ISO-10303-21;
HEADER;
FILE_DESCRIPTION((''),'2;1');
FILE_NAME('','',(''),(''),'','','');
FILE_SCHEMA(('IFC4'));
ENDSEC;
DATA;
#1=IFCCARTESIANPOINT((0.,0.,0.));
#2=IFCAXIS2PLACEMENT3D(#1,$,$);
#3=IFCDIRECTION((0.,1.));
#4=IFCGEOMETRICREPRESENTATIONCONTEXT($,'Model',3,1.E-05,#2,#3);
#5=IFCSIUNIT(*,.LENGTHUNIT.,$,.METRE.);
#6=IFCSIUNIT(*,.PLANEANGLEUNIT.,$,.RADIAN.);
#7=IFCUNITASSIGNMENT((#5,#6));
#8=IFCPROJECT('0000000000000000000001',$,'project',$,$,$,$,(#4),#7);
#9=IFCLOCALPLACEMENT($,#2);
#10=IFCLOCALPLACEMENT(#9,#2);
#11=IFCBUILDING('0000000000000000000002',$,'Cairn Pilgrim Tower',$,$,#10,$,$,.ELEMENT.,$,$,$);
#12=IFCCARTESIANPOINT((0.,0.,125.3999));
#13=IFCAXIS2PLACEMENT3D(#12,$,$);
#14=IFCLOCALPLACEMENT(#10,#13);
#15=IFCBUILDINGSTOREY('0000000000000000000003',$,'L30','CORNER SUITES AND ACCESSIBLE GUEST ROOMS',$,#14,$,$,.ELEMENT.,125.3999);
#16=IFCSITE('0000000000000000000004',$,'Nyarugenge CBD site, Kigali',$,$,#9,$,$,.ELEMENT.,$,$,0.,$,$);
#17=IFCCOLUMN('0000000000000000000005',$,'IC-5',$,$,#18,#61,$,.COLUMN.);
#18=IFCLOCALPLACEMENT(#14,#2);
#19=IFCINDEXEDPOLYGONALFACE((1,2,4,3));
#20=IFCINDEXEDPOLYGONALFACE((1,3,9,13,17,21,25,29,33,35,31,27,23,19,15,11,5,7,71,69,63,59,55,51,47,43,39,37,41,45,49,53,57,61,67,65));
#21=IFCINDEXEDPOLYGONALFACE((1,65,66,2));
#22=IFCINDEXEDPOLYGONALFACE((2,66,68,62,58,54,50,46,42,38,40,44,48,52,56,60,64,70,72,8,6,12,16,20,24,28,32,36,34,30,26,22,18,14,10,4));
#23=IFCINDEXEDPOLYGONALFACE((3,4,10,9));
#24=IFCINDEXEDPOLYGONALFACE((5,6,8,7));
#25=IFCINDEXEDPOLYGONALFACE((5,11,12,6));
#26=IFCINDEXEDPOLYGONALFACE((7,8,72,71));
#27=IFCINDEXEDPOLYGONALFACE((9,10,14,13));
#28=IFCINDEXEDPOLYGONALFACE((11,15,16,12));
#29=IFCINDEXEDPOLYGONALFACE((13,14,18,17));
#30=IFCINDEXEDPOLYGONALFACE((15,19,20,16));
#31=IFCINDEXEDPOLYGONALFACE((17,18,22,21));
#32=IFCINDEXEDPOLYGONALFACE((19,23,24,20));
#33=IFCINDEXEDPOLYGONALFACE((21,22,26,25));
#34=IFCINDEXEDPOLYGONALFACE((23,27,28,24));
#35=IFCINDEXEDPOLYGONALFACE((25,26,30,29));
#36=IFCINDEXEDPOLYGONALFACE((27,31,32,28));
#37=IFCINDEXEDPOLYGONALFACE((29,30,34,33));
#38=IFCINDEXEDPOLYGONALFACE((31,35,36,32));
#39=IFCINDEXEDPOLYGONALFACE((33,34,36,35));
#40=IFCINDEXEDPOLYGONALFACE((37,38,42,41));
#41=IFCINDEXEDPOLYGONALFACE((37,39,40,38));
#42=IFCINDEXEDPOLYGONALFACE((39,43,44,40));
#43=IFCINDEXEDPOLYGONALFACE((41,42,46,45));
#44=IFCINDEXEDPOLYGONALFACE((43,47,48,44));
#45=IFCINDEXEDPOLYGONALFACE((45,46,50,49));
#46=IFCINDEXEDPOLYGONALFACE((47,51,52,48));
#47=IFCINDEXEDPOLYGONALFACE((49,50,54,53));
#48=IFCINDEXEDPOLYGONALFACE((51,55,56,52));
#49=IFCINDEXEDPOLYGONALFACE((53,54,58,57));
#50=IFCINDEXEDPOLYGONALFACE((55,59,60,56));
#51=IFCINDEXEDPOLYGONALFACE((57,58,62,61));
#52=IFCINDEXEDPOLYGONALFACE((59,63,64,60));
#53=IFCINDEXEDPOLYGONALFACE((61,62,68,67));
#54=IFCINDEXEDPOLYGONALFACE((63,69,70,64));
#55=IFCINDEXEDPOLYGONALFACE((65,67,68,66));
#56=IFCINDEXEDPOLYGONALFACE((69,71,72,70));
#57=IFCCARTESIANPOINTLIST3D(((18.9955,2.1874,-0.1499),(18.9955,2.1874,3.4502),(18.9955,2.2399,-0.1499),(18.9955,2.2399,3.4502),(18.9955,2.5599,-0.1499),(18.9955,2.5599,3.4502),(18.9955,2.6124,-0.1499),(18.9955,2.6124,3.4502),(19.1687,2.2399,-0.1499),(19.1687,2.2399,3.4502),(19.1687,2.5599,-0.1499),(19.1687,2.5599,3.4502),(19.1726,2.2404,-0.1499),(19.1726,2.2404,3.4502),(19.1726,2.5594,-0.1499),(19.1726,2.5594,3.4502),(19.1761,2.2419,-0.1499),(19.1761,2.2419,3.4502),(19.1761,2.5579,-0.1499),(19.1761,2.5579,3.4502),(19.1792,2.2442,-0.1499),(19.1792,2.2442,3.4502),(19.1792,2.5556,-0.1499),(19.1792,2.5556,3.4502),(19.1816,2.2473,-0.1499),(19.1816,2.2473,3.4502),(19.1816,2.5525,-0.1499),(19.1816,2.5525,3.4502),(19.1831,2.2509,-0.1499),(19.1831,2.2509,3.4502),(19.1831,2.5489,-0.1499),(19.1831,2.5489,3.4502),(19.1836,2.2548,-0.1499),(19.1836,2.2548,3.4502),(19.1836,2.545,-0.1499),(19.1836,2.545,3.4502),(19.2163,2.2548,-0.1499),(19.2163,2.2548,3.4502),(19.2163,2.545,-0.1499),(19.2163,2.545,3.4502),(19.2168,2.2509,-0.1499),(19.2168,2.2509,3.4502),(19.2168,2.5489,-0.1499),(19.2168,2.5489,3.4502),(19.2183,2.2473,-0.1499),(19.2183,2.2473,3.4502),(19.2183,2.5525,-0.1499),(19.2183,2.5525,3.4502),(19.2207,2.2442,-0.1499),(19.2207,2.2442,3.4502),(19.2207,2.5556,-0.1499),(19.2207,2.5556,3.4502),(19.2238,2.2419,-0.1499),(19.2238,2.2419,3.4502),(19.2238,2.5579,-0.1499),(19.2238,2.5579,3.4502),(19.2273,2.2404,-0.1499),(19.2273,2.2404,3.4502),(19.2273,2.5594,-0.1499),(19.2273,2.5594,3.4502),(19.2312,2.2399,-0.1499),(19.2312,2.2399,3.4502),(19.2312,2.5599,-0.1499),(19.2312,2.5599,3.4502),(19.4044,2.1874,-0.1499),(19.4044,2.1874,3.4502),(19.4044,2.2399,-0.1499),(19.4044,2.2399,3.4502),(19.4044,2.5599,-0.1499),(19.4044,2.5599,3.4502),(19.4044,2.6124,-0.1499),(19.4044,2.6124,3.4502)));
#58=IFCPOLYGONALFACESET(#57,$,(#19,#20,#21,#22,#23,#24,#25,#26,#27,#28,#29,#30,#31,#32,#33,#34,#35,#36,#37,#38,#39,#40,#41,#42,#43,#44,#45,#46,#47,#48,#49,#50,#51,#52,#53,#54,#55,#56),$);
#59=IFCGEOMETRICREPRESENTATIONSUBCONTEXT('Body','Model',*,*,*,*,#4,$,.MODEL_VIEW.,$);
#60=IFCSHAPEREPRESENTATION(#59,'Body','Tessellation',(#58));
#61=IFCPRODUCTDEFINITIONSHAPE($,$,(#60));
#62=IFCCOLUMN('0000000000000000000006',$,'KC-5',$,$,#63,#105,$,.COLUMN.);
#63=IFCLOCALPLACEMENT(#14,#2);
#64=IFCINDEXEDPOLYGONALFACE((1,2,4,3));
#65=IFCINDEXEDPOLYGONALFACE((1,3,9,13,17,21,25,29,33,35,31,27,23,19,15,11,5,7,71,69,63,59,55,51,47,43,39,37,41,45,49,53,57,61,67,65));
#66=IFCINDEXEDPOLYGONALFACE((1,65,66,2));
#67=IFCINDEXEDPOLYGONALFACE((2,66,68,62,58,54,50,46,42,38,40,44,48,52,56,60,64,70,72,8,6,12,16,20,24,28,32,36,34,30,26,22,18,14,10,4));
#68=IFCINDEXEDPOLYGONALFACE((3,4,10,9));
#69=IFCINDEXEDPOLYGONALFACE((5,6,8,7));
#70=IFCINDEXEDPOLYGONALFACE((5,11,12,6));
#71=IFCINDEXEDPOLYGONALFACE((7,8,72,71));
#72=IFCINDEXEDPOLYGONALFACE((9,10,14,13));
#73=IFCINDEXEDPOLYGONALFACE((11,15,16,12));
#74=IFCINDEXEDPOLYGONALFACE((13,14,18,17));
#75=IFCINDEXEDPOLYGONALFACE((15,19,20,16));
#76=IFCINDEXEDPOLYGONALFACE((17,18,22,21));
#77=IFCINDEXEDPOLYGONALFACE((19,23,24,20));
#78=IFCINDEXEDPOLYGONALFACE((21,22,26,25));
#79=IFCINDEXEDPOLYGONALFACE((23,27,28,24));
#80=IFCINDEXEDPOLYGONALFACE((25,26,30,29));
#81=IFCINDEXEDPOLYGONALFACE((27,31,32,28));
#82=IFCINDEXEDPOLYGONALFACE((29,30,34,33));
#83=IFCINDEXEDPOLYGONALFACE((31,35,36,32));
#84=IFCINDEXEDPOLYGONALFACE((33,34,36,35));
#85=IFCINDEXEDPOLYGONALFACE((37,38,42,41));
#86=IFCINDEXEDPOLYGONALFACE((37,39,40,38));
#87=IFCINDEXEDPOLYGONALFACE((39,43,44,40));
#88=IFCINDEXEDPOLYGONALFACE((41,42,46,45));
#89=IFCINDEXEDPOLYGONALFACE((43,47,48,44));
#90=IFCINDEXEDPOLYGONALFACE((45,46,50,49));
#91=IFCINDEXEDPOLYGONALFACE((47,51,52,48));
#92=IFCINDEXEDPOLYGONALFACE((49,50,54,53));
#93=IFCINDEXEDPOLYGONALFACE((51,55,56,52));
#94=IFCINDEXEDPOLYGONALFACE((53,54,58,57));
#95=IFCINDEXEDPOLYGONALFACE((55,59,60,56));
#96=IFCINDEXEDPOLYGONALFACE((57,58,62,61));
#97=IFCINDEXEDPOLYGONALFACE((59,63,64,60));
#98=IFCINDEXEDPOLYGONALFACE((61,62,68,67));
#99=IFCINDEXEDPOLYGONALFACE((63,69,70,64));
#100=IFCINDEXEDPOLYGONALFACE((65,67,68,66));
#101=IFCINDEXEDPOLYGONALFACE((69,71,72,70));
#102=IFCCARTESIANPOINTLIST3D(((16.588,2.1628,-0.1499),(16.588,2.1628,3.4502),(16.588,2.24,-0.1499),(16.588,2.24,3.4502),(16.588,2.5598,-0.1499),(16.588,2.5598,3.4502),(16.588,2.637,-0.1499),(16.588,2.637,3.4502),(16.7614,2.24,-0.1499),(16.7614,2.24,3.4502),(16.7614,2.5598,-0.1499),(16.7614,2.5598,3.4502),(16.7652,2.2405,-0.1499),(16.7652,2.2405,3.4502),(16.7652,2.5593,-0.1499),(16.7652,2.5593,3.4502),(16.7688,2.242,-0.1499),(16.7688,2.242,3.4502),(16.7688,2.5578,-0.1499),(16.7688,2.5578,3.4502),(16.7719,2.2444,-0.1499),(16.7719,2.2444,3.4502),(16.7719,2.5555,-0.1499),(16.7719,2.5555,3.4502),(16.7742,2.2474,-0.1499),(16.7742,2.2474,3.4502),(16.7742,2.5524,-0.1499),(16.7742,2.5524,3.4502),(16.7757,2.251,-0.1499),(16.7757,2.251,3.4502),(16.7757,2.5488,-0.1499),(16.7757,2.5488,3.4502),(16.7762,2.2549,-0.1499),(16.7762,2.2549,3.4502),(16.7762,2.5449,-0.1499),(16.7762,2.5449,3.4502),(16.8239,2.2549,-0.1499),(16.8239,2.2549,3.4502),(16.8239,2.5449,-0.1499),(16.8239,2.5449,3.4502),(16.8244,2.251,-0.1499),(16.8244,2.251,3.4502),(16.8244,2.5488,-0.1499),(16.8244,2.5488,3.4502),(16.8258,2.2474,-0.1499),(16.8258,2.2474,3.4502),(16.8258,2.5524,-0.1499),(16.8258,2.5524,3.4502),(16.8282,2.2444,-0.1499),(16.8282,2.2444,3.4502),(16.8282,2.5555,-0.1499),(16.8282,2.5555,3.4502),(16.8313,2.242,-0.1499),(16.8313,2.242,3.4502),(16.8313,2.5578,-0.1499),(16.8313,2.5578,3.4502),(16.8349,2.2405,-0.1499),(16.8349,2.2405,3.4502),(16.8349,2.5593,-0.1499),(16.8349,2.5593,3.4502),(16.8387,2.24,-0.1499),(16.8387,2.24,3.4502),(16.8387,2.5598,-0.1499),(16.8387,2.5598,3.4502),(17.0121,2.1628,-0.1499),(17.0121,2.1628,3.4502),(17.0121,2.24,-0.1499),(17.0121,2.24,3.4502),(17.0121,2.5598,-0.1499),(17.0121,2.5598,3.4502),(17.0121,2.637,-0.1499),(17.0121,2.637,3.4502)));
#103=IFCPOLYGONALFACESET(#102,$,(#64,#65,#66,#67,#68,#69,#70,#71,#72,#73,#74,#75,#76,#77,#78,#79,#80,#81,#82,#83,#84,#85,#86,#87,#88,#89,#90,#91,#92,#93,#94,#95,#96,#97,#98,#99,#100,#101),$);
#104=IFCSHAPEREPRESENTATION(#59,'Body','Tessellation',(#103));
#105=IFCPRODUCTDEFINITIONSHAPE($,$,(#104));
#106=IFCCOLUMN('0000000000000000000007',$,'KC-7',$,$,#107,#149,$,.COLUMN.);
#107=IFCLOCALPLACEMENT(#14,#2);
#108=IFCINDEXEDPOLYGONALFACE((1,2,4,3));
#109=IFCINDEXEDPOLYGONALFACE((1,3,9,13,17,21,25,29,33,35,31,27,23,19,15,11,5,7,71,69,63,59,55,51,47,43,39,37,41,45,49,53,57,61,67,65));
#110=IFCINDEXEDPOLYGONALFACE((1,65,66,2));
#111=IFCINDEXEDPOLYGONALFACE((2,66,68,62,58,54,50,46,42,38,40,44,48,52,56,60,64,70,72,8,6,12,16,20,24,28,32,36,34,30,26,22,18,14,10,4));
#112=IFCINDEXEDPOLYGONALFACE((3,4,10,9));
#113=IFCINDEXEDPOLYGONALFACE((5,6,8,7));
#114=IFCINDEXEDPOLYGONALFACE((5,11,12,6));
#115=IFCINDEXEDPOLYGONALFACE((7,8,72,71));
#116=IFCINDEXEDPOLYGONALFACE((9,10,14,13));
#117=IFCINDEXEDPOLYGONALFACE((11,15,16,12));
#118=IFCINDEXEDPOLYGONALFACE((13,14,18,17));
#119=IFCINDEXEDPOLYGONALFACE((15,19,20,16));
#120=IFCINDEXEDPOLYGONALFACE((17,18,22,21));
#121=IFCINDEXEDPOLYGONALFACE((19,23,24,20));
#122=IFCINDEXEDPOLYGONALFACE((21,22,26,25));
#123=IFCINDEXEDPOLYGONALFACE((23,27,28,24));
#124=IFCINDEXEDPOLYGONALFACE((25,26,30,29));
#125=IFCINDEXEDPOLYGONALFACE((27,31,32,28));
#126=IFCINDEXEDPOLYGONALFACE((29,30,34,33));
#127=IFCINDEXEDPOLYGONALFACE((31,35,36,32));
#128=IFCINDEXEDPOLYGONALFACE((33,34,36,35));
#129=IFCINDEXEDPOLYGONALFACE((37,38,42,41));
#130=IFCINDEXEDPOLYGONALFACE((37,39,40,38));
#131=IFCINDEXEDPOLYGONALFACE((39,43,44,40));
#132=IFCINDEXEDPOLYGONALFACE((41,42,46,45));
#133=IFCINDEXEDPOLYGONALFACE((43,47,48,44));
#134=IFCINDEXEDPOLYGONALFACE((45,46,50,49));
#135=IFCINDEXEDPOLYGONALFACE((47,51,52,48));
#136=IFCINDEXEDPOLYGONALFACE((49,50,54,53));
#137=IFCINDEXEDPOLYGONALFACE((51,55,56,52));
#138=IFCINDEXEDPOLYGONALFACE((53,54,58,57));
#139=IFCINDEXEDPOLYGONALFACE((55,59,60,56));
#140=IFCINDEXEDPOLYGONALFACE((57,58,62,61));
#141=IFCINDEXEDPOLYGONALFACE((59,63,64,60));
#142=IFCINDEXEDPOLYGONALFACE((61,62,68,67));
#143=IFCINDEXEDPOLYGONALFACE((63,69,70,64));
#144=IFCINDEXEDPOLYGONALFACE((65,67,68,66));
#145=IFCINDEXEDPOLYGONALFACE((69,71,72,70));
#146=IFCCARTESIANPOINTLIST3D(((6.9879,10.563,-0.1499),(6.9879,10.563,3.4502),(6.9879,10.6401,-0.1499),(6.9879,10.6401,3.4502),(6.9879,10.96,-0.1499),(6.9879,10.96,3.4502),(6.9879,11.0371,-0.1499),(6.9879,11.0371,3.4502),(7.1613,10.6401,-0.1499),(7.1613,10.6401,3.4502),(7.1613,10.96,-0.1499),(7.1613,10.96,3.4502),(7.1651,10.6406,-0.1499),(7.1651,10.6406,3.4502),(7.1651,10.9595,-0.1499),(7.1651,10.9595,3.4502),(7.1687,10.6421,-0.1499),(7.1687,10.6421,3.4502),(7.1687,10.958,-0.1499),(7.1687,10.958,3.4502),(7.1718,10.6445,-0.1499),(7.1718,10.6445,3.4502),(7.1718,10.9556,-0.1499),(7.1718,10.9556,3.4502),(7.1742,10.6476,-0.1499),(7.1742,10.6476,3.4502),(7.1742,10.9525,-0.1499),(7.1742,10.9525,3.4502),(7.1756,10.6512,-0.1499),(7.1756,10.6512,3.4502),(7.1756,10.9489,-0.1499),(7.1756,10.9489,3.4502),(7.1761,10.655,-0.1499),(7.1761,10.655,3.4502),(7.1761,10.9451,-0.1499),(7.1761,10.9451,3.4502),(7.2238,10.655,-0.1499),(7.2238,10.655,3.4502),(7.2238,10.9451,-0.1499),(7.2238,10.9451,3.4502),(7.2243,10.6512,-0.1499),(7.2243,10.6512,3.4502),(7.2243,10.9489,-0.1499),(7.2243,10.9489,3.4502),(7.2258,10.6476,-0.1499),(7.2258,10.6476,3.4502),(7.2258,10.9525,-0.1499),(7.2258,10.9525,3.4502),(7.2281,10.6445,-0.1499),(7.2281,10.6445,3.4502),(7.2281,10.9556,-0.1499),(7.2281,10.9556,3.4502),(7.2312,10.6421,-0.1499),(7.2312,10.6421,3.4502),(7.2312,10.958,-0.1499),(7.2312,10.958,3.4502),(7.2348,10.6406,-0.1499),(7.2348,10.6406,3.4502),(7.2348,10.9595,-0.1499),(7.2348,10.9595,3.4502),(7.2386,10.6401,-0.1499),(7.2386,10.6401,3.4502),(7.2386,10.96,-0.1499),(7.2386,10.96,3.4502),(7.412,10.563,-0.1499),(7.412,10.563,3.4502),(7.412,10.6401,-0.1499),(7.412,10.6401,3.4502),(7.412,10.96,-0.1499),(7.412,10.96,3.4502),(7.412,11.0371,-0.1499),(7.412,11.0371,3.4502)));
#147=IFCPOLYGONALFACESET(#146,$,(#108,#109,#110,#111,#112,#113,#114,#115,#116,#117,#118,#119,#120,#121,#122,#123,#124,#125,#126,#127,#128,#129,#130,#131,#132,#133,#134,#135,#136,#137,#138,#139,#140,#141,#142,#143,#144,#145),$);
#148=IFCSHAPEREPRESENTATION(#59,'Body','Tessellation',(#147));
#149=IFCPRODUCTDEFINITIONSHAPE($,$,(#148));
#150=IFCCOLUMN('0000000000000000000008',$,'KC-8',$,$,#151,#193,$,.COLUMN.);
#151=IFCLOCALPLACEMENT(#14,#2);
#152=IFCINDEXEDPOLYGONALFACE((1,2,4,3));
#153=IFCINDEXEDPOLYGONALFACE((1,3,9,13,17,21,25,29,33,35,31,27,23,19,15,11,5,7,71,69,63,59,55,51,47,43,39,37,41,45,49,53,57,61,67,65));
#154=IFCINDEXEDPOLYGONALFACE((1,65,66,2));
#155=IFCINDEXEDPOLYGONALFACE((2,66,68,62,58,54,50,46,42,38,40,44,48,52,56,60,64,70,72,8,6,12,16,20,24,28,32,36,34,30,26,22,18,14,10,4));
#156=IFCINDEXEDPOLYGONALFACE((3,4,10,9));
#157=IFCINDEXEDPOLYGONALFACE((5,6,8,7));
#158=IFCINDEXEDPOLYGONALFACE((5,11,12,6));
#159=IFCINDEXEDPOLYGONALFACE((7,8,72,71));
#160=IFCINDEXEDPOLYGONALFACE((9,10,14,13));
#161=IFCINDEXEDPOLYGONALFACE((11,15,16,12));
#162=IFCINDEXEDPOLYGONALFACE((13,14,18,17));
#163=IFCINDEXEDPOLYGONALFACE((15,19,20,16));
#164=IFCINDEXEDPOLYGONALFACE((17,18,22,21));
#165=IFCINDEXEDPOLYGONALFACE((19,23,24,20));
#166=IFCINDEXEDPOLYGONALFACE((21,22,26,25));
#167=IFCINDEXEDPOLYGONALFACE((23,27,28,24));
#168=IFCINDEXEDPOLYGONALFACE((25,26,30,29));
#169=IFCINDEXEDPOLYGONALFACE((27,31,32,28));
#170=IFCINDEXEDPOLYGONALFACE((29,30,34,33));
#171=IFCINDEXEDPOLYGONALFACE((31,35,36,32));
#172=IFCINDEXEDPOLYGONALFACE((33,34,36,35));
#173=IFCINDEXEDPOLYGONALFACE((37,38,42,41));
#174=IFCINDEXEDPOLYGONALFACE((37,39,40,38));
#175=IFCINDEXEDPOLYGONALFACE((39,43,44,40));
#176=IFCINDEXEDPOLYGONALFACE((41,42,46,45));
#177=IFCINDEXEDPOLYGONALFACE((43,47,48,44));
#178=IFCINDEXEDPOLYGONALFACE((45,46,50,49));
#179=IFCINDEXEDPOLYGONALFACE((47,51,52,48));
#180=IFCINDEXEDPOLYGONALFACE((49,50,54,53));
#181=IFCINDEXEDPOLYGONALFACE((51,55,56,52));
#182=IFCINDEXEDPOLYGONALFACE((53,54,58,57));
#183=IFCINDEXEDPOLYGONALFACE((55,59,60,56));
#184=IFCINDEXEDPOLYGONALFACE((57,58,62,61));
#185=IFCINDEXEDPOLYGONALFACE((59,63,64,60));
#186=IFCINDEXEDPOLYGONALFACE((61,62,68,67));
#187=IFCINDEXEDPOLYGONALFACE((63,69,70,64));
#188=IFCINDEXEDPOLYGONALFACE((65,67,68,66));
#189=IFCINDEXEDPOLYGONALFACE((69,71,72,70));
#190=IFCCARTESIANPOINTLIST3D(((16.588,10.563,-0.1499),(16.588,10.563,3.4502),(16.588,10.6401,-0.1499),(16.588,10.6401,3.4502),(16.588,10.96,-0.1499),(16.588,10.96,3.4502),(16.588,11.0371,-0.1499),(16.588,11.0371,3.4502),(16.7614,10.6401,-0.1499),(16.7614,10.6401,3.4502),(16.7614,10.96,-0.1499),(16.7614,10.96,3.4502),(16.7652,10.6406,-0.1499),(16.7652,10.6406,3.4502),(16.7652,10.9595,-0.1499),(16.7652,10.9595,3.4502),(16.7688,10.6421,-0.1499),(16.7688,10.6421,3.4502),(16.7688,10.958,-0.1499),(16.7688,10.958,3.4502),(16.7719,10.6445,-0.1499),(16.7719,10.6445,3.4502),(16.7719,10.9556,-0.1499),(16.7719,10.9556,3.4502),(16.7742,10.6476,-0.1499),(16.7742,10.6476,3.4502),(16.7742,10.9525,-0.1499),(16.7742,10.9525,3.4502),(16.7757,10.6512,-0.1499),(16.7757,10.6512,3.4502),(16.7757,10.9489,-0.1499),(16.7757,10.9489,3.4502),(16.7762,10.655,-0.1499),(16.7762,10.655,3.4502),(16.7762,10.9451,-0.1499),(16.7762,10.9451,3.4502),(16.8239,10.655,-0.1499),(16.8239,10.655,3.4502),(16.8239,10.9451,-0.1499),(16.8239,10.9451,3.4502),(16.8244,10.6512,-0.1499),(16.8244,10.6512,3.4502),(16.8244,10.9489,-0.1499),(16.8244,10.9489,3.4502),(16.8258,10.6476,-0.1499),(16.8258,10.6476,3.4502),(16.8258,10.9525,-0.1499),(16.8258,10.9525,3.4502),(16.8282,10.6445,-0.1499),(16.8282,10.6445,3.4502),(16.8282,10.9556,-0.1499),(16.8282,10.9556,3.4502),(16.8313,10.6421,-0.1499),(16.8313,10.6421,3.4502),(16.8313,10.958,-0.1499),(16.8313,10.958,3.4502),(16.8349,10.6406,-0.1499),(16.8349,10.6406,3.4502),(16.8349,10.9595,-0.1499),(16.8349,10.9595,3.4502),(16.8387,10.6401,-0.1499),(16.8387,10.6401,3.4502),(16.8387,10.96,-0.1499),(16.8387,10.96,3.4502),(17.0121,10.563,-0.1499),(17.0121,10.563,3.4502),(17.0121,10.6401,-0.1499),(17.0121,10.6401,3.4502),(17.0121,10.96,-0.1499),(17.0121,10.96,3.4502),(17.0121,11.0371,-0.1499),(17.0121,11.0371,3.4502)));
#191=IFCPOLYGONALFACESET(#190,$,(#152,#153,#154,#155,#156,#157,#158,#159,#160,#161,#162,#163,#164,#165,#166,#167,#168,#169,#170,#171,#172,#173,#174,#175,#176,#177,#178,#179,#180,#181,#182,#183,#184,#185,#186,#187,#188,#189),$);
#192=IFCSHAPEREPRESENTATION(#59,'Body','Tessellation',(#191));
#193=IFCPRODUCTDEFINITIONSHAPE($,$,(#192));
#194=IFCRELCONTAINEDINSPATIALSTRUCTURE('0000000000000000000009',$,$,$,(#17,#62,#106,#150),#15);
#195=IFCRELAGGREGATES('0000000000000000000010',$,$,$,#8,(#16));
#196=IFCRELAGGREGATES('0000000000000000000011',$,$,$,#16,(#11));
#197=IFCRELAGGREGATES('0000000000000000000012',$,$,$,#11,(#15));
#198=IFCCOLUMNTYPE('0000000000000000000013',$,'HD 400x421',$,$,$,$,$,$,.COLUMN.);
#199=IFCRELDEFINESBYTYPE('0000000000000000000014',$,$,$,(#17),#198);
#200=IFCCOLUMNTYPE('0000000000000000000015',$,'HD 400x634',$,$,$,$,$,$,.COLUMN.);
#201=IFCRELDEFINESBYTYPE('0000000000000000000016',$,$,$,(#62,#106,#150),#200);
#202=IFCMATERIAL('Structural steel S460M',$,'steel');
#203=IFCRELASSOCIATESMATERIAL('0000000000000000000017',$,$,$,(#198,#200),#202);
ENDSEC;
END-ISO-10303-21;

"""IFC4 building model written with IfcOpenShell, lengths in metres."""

from ifc_helpers import new_model, si_unit, direction, frame, origin, origin_2d, place, context, subcontext, project, spatial, i_section, extrude, material, material_profile, profile_set, type_object, element, save


model = new_model("IFC4")

# Units and contexts
model_context = context("Model", 3, precision=1e-05, world=origin(), true_north=direction((0.0, 1.0)))
body_context = subcontext(model_context, "Body", "Model", "MODEL_VIEW")
ifc_project = project(units=[si_unit("LENGTHUNIT", "METRE"), si_unit("PLANEANGLEUNIT", "RADIAN")], contexts=[model_context])

# Site, building, storey
site_placement = place(None, origin())
site = spatial("IfcSite", under=ifc_project, at=site_placement, Name="Nyarugenge CBD site, Kigali", CompositionType="ELEMENT", RefElevation=0.0)
building_placement = place(site_placement, origin())
building = spatial("IfcBuilding", under=site, at=building_placement, Name="Cairn Pilgrim Tower", CompositionType="ELEMENT")
storey_placement = place(building_placement, frame((0.0, 0.0, 125.3999)))
storey = spatial("IfcBuildingStorey", under=building, at=storey_placement, Name="L30", Description="CORNER SUITES AND ACCESSIBLE GUEST ROOMS", CompositionType="ELEMENT", Elevation=125.3999)

# Columns
ifc_material_1 = material(Name="Structural steel S460M", Category="steel")
ifc_material_profile_1 = material_profile(ifc_material_1, i_section(OverallWidth=0.4089, OverallDepth=0.425, WebThickness=0.0327, FlangeThickness=0.0525, FilletRadius=0.0149, at=origin_2d()), Name="HD 400x421")
ifc_profile_set_1 = profile_set([ifc_material_profile_1], Name="Structural steel S460M")
column_type_1 = type_object("IfcColumnType", Name="HD 400x421", PredefinedType="COLUMN", material=ifc_profile_set_1)
column_placement = place(storey_placement, frame((19.2, 2.3999, -0.1499), z_axis=(0.0, 0.0, 1.0), x_axis=(1.0, 0.0, 0.0)))
element("IfcColumn", 1, at=column_placement, inside=storey, type_object=column_type_1, Name="IC-5", PredefinedType="COLUMN", context=body_context, shape_type="SweptSolid", body=[
    extrude(i_section(OverallWidth=0.4089, OverallDepth=0.425, WebThickness=0.0327, FlangeThickness=0.0525, FilletRadius=0.0149, at=origin_2d()), origin(), (0.0, 0.0, 1.0), 3.6001),
])
ifc_material_profile_2 = material_profile(ifc_material_1, i_section(OverallWidth=0.4241, OverallDepth=0.4741, WebThickness=0.0476, FlangeThickness=0.0771, FilletRadius=0.0149, at=origin_2d()), Name="HD 400x634")
ifc_profile_set_2 = profile_set([ifc_material_profile_2], Name="Structural steel S460M")
column_type_2 = type_object("IfcColumnType", Name="HD 400x634", PredefinedType="COLUMN", material=ifc_profile_set_2)
for number, where, z_axis, x_axis, name in (
    (2, (16.8, 2.3999, -0.1499), (0.0, 0.0, 1.0), (1.0, 0.0, 0.0), "KC-5"),
    (3, (7.2, 10.8, -0.1499), (0.0, 0.0, 1.0), (1.0, 0.0, 0.0), "KC-7"),
    (4, (16.8, 10.8, -0.1499), (0.0, 0.0, 1.0), (1.0, 0.0, 0.0), "KC-8"),
):
    element("IfcColumn", number, at=place(storey_placement, frame(where, z_axis=z_axis, x_axis=x_axis)), inside=storey, type_object=column_type_2, Name=name, PredefinedType="COLUMN", context=body_context, shape_type="SweptSolid", body=[
        extrude(i_section(OverallWidth=0.4241, OverallDepth=0.4741, WebThickness=0.0476, FlangeThickness=0.0771, FilletRadius=0.0149, at=origin_2d()), origin(), (0.0, 0.0, 1.0), 3.6001),
    ])

save(model, "model.ifc")
